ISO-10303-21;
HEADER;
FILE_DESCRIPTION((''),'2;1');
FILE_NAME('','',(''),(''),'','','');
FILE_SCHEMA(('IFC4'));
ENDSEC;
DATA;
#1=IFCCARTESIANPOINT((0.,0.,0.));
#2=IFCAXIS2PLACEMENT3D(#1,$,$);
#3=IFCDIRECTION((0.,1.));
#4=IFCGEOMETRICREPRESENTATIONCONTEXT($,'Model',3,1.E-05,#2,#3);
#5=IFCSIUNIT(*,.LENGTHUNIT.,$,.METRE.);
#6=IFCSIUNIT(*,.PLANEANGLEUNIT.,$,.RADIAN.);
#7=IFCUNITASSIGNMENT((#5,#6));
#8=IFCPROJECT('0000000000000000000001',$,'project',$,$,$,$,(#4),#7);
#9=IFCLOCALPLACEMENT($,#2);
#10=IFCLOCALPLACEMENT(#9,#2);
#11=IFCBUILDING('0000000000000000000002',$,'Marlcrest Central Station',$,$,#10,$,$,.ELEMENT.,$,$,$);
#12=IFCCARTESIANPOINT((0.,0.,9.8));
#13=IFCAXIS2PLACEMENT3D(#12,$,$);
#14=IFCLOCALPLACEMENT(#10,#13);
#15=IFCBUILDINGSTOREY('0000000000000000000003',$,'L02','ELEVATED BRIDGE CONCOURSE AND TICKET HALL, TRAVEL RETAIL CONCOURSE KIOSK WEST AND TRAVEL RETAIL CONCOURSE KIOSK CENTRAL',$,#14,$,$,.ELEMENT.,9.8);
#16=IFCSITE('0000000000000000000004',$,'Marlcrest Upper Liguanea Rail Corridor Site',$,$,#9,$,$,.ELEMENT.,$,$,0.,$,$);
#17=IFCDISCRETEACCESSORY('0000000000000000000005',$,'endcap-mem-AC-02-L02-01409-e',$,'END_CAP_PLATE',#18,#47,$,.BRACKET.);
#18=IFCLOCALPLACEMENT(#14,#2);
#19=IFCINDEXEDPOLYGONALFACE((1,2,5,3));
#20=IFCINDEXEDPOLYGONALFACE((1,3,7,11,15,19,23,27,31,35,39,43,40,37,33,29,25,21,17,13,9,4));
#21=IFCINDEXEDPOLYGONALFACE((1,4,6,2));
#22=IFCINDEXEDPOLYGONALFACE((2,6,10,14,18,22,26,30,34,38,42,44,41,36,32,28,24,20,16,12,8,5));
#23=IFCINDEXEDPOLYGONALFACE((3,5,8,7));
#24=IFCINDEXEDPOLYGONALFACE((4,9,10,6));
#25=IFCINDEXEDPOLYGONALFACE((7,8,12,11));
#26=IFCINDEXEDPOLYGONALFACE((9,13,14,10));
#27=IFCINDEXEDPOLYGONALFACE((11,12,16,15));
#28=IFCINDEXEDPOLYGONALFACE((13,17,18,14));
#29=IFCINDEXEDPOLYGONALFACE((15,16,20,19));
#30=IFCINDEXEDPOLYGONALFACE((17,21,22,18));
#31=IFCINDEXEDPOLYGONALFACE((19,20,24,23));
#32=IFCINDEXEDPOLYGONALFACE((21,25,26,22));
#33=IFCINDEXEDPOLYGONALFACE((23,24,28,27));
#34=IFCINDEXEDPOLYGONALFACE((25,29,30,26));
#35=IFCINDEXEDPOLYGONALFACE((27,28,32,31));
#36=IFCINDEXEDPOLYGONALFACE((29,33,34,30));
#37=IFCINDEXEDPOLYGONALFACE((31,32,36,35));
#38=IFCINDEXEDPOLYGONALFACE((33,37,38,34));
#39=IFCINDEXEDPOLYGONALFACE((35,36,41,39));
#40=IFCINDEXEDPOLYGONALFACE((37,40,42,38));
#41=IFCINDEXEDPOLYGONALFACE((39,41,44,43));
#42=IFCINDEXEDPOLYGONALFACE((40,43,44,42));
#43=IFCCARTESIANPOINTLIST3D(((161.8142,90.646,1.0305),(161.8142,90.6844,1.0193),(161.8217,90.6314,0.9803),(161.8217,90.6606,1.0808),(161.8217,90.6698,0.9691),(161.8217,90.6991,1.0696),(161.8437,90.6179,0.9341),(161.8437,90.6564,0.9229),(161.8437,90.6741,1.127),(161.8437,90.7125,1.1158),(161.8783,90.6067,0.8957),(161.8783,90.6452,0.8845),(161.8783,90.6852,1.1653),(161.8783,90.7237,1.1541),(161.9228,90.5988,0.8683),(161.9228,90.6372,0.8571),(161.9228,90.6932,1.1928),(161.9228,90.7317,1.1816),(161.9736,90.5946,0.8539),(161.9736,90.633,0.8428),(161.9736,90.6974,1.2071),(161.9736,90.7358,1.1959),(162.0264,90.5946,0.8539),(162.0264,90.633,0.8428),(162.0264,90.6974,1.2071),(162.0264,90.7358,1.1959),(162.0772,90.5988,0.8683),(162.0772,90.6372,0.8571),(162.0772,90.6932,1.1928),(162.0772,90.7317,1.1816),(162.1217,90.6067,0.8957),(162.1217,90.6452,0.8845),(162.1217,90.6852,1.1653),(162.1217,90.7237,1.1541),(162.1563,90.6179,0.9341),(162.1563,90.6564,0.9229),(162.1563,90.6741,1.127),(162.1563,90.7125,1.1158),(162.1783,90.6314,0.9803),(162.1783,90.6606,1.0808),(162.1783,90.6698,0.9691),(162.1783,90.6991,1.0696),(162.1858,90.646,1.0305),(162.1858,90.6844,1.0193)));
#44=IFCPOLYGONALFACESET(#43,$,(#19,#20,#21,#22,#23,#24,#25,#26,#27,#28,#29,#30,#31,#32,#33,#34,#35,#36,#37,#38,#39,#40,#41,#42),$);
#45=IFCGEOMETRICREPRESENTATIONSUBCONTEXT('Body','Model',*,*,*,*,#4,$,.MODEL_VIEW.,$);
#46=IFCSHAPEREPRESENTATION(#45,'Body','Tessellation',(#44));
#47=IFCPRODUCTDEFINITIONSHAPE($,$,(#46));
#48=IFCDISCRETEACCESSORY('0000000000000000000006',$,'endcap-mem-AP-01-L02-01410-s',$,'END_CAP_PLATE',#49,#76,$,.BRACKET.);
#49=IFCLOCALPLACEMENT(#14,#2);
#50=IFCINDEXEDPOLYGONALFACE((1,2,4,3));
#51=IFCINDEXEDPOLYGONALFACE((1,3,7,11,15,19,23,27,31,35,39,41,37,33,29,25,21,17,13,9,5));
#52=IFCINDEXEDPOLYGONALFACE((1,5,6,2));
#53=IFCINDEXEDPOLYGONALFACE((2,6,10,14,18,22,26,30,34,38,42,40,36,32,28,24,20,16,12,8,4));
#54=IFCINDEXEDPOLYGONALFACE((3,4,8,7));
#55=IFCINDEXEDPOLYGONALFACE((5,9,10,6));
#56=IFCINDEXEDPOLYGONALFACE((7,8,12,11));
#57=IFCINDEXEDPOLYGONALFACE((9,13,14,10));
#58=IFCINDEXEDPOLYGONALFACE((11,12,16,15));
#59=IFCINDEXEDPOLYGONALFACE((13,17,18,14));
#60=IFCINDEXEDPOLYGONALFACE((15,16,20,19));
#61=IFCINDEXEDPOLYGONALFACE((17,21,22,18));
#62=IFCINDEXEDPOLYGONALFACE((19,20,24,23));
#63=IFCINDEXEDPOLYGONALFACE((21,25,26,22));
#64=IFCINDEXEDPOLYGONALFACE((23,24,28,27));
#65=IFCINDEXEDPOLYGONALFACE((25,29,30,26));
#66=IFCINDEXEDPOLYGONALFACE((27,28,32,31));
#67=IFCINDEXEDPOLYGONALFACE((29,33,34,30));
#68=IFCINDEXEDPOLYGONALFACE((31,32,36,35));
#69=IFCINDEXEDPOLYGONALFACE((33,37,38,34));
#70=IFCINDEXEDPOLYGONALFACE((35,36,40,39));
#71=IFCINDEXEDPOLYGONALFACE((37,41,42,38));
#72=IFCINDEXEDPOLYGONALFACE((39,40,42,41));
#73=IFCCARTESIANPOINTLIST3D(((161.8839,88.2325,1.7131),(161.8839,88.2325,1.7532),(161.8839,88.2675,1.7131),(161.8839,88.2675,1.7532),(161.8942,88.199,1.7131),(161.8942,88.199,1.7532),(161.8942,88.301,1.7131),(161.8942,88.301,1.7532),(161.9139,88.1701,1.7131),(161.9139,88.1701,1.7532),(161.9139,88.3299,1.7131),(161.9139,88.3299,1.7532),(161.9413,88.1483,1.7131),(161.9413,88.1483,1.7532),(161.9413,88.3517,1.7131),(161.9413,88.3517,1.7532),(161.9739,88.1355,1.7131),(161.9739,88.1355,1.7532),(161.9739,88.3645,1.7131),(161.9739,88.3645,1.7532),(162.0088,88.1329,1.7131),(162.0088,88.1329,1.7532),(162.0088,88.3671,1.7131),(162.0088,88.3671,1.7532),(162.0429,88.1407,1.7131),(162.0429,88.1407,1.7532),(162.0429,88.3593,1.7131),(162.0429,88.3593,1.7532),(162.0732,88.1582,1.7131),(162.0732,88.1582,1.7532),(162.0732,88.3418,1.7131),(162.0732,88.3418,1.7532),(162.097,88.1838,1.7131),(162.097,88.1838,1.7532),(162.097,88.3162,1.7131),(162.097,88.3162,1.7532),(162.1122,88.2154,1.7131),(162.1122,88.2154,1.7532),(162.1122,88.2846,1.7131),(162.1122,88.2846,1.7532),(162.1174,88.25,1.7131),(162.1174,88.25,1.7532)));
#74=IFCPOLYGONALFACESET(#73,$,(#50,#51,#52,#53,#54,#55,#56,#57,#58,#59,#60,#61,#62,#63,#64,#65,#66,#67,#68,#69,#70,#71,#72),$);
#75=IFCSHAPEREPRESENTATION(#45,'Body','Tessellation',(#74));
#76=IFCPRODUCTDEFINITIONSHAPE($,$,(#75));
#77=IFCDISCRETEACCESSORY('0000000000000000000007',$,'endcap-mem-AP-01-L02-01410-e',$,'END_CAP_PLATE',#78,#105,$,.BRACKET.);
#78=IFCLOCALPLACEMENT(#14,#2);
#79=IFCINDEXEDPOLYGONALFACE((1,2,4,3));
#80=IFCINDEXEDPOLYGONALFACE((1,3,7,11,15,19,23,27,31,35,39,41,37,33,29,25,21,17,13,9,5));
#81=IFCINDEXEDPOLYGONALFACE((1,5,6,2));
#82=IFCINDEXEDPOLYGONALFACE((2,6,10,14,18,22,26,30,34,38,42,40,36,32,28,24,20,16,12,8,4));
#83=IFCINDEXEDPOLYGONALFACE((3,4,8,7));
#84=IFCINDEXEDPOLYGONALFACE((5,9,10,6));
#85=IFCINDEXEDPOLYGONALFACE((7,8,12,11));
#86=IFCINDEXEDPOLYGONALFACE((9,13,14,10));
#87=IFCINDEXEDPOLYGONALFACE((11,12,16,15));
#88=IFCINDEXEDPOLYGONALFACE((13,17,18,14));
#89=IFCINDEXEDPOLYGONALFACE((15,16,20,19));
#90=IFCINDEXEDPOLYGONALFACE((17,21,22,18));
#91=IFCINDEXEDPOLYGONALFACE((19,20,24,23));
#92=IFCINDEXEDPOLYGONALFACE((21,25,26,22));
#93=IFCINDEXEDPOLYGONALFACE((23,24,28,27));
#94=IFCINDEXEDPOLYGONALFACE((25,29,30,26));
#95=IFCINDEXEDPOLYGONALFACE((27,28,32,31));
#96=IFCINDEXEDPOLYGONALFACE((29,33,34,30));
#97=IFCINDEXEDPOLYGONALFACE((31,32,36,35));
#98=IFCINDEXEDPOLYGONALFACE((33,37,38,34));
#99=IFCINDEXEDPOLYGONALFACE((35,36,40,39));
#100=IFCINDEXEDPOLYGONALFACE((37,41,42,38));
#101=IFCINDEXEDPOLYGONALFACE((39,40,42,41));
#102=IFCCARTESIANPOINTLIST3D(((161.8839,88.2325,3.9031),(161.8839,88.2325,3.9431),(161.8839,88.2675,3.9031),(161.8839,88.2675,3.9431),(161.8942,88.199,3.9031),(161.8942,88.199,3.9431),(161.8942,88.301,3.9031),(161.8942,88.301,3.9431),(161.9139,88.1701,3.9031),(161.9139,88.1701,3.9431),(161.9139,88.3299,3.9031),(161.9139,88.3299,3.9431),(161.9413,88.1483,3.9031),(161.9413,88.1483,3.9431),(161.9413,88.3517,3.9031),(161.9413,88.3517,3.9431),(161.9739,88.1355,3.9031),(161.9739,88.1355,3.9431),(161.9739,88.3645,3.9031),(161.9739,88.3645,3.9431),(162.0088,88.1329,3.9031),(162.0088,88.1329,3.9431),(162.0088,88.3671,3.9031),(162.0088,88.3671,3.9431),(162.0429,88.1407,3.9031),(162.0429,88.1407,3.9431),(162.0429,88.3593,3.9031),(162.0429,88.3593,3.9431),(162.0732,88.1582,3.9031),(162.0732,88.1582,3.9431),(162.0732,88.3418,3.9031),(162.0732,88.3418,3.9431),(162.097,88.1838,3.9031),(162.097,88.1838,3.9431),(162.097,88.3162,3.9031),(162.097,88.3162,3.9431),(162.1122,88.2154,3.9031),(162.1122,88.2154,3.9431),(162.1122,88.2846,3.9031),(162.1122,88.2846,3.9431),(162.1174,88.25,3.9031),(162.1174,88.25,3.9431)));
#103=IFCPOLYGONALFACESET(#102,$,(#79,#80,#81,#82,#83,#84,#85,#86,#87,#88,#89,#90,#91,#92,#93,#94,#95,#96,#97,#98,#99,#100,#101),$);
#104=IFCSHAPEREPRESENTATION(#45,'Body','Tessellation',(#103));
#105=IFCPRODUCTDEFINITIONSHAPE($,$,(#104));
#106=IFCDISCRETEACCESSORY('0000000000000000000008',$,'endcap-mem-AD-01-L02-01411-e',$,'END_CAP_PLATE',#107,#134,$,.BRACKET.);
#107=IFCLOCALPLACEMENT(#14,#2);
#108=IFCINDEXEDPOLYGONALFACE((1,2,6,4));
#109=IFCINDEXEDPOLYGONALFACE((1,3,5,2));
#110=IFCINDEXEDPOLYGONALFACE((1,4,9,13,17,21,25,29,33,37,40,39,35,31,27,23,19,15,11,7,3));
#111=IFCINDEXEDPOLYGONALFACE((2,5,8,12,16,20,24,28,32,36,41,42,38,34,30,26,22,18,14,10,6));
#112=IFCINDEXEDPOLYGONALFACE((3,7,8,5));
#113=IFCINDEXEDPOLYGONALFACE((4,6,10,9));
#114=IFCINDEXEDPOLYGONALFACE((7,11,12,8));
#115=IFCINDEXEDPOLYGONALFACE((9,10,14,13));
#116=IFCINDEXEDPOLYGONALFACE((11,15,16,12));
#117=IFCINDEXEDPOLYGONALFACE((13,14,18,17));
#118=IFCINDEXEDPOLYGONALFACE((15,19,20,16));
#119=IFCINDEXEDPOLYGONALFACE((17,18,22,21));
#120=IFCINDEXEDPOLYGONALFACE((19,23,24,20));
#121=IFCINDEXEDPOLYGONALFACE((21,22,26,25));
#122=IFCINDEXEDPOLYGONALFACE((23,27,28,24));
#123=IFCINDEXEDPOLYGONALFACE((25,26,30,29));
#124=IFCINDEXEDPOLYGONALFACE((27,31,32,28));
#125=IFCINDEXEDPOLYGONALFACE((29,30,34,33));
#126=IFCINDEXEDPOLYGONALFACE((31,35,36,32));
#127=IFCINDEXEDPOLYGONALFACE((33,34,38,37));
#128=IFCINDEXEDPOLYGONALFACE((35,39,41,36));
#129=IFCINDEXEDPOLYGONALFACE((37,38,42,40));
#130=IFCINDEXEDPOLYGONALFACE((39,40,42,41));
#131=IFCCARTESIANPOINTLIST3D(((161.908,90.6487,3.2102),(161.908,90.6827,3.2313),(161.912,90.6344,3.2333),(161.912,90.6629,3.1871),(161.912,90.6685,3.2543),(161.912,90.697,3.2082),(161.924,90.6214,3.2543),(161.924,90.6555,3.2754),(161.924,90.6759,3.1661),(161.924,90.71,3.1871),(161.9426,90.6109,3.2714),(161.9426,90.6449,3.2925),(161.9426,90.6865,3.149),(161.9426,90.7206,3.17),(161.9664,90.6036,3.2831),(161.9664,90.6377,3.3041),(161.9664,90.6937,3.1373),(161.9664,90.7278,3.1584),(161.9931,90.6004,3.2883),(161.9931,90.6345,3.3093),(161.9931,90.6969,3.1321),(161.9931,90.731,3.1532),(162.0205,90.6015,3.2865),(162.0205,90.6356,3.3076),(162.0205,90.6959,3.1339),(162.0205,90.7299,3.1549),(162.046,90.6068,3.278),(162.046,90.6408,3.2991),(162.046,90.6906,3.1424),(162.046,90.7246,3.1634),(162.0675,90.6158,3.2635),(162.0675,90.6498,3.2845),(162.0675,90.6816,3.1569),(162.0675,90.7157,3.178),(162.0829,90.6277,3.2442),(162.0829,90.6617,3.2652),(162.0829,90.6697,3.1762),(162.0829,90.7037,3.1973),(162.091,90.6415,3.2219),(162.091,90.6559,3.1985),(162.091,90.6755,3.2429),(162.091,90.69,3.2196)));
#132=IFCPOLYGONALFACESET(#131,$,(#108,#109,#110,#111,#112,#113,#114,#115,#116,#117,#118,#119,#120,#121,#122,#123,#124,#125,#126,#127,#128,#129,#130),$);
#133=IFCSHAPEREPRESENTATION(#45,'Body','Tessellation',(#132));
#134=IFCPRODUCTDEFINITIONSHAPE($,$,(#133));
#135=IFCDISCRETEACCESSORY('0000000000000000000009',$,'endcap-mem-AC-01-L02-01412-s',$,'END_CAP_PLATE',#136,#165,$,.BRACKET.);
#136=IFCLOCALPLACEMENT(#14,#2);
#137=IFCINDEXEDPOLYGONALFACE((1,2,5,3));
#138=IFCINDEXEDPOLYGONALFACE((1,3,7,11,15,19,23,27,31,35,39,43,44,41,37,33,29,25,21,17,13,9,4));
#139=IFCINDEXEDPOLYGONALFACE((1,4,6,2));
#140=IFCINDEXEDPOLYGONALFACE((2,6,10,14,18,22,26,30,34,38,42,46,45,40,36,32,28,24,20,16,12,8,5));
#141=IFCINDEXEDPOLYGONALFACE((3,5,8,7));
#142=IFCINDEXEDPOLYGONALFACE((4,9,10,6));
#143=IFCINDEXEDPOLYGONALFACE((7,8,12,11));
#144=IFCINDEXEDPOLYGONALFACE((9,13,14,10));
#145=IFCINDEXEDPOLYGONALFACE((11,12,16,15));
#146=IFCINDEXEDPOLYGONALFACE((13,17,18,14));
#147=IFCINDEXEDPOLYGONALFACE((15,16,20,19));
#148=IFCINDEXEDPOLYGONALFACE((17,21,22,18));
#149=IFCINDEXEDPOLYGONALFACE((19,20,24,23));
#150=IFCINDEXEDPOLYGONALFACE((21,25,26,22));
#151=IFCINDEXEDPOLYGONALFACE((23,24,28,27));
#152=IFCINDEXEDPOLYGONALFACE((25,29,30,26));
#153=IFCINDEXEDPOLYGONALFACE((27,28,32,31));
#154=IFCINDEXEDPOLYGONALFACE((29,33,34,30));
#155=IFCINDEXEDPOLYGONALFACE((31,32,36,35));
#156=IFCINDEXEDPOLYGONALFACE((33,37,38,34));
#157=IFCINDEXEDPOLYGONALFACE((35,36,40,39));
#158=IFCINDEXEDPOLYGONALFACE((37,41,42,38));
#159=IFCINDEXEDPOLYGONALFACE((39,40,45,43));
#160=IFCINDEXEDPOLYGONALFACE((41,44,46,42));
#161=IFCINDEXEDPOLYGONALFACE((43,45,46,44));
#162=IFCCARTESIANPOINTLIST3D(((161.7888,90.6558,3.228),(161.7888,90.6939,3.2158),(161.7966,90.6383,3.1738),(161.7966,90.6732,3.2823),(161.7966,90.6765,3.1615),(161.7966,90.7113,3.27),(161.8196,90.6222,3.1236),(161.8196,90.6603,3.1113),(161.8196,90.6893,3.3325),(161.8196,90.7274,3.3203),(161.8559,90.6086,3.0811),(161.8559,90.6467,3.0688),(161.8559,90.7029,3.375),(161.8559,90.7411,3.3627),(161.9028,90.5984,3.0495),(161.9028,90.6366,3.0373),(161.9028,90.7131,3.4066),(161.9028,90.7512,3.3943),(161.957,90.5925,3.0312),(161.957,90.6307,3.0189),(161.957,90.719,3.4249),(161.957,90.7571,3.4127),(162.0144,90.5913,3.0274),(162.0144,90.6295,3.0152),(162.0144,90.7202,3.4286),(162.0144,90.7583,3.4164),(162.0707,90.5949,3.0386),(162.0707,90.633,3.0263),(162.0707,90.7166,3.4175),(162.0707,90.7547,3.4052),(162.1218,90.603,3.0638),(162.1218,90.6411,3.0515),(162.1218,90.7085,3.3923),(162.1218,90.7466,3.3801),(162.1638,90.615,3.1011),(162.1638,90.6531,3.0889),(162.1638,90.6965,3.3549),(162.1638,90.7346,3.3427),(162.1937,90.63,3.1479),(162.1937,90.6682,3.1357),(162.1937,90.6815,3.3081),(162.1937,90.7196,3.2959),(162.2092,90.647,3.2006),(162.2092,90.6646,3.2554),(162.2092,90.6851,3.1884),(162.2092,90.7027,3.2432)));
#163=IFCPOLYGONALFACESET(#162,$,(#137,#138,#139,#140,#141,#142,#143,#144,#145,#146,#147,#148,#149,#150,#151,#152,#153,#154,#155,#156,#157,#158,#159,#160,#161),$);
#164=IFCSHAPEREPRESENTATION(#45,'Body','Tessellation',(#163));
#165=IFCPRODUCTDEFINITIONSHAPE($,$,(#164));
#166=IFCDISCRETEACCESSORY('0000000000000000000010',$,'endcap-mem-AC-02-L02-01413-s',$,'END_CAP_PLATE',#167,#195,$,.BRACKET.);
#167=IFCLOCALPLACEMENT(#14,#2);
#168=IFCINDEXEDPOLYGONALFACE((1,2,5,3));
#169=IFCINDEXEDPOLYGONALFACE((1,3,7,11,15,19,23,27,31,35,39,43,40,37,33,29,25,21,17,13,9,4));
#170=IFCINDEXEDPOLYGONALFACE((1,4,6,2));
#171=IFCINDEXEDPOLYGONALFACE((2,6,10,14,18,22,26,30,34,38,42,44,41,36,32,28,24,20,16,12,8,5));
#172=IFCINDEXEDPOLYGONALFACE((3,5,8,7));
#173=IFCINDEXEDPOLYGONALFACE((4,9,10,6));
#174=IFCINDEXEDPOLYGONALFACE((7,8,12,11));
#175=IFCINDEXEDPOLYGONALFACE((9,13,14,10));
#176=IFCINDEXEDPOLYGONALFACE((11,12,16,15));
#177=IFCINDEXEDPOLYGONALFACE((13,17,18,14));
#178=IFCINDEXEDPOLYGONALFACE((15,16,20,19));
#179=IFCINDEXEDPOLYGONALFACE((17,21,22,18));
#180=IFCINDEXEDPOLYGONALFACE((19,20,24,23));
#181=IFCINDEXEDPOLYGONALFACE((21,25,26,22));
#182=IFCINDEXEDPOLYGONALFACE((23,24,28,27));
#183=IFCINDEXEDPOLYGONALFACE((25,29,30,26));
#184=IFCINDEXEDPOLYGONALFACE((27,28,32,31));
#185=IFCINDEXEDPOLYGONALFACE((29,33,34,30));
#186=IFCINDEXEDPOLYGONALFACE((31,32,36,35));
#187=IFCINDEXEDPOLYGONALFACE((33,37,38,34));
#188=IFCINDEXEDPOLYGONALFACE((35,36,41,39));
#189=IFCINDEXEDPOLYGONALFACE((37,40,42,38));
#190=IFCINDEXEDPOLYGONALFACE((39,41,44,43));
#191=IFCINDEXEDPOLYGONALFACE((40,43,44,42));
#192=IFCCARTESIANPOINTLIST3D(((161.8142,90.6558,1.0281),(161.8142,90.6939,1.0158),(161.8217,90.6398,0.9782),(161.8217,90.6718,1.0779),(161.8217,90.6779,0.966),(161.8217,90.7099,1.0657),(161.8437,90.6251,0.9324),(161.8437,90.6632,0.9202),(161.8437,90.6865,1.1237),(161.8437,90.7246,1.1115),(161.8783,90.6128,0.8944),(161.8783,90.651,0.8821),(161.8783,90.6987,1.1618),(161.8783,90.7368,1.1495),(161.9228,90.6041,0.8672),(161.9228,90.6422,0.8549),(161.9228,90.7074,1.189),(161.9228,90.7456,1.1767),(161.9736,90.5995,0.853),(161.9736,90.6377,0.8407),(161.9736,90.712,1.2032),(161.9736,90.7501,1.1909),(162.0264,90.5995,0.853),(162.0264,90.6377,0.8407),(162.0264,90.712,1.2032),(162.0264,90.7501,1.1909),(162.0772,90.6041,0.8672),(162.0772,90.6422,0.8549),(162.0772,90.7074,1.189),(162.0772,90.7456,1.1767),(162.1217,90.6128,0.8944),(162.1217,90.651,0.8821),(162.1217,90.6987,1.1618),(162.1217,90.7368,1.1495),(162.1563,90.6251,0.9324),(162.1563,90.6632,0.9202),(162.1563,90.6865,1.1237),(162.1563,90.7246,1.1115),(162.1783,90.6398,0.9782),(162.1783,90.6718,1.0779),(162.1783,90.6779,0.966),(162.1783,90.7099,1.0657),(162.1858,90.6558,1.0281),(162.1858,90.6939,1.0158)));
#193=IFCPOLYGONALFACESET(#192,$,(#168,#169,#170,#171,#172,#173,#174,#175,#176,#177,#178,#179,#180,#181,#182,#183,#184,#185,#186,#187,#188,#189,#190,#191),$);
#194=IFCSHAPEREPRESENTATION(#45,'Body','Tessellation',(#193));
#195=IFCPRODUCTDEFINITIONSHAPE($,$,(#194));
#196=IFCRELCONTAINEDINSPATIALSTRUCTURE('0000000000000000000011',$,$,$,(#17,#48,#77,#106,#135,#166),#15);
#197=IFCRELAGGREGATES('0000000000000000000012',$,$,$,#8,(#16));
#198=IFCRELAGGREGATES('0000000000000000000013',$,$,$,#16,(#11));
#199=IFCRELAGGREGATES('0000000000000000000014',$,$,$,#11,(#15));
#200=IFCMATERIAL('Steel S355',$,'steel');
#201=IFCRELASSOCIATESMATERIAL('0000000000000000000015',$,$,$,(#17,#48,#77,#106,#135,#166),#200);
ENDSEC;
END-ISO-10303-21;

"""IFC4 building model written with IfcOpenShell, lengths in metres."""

from ifc_helpers import new_model, si_unit, direction, frame, origin, origin_2d, place, context, subcontext, project, spatial, circle, extrude, material, element, save


model = new_model("IFC4")

# Units and contexts
model_context = context("Model", 3, precision=1e-05, world=origin(), true_north=direction((0.0, 1.0)))
body_context = subcontext(model_context, "Body", "Model", "MODEL_VIEW")
ifc_project = project(units=[si_unit("LENGTHUNIT", "METRE"), si_unit("PLANEANGLEUNIT", "RADIAN")], contexts=[model_context])

# Site, building, storey
site_placement = place(None, origin())
site = spatial("IfcSite", under=ifc_project, at=site_placement, Name="Marlcrest Upper Liguanea Rail Corridor Site", CompositionType="ELEMENT", RefElevation=0.0)
building_placement = place(site_placement, origin())
building = spatial("IfcBuilding", under=site, at=building_placement, Name="Marlcrest Central Station", CompositionType="ELEMENT")
storey_placement = place(building_placement, frame((0.0, 0.0, 9.8)))
storey = spatial("IfcBuildingStorey", under=building, at=storey_placement, Name="L02", Description="ELEVATED BRIDGE CONCOURSE AND TICKET HALL, TRAVEL RETAIL CONCOURSE KIOSK WEST AND TRAVEL RETAIL CONCOURSE KIOSK CENTRAL", CompositionType="ELEMENT", Elevation=9.8)

# Shared definitions
ifc_material_1 = material(Name="Steel S355", Category="steel")

# Discrete accessories
discrete_accessory_1_placement = place(storey_placement, frame((162.0, 90.646, 1.0305), z_axis=(0.0, 0.96013, -0.279554), x_axis=(-1.0, 0.0, 0.0)))
element("IfcDiscreteAccessory", 1, at=discrete_accessory_1_placement, inside=storey, material=ifc_material_1, Name="endcap-mem-AC-02-L02-01409-e", ObjectType="END_CAP_PLATE", PredefinedType="BRACKET", context=body_context, shape_type="SweptSolid", body=[
    extrude(circle(Radius=0.1858, at=origin_2d()), origin(), (0.0, 0.0, 1.0), 0.04),
])
for number, where, z_axis, x_axis, name in (
    (2, (162.0, 88.25, 1.7131), (0.0, 0.0, 1.0), (1.0, 0.0, 0.0), "endcap-mem-AP-01-L02-01410-s"),
    (3, (162.0, 88.25, 3.9031), (0.0, 0.0, 1.0), (1.0, 0.0, 0.0), "endcap-mem-AP-01-L02-01410-e"),
):
    element("IfcDiscreteAccessory", number, at=place(storey_placement, frame(where, z_axis=z_axis, x_axis=x_axis)), inside=storey, material=ifc_material_1, Name=name, ObjectType="END_CAP_PLATE", PredefinedType="BRACKET", context=body_context, shape_type="SweptSolid", body=[
        extrude(circle(Radius=0.1174, at=origin_2d()), origin(), (0.0, 0.0, 1.0), 0.04),
    ])
discrete_accessory_2_placement = place(storey_placement, frame((162.0, 90.6487, 3.2102), z_axis=(0.0, 0.850687, 0.525672), x_axis=(-1.0, 0.0, 0.0)))
element("IfcDiscreteAccessory", 4, at=discrete_accessory_2_placement, inside=storey, material=ifc_material_1, Name="endcap-mem-AD-01-L02-01411-e", ObjectType="END_CAP_PLATE", PredefinedType="BRACKET", context=body_context, shape_type="SweptSolid", body=[
    extrude(circle(Radius=0.092, at=origin_2d()), origin(), (0.0, 0.0, 1.0), 0.04),
])
discrete_accessory_3_placement = place(storey_placement, frame((162.0, 90.6558, 3.228), z_axis=(0.0, 0.952117, -0.305734), x_axis=(-1.0, 0.0, 0.0)))
element("IfcDiscreteAccessory", 5, at=discrete_accessory_3_placement, inside=storey, material=ifc_material_1, Name="endcap-mem-AC-01-L02-01412-s", ObjectType="END_CAP_PLATE", PredefinedType="BRACKET", context=body_context, shape_type="SweptSolid", body=[
    extrude(circle(Radius=0.2112, at=origin_2d()), origin(), (0.0, 0.0, 1.0), 0.04),
])
discrete_accessory_4_placement = place(storey_placement, frame((162.0, 90.6558, 1.0281), z_axis=(0.0, 0.952117, -0.305734), x_axis=(-1.0, 0.0, 0.0)))
element("IfcDiscreteAccessory", 6, at=discrete_accessory_4_placement, inside=storey, material=ifc_material_1, Name="endcap-mem-AC-02-L02-01413-s", ObjectType="END_CAP_PLATE", PredefinedType="BRACKET", context=body_context, shape_type="SweptSolid", body=[
    extrude(circle(Radius=0.1858, at=origin_2d()), origin(), (0.0, 0.0, 1.0), 0.04),
])

save(model, "model.ifc")
